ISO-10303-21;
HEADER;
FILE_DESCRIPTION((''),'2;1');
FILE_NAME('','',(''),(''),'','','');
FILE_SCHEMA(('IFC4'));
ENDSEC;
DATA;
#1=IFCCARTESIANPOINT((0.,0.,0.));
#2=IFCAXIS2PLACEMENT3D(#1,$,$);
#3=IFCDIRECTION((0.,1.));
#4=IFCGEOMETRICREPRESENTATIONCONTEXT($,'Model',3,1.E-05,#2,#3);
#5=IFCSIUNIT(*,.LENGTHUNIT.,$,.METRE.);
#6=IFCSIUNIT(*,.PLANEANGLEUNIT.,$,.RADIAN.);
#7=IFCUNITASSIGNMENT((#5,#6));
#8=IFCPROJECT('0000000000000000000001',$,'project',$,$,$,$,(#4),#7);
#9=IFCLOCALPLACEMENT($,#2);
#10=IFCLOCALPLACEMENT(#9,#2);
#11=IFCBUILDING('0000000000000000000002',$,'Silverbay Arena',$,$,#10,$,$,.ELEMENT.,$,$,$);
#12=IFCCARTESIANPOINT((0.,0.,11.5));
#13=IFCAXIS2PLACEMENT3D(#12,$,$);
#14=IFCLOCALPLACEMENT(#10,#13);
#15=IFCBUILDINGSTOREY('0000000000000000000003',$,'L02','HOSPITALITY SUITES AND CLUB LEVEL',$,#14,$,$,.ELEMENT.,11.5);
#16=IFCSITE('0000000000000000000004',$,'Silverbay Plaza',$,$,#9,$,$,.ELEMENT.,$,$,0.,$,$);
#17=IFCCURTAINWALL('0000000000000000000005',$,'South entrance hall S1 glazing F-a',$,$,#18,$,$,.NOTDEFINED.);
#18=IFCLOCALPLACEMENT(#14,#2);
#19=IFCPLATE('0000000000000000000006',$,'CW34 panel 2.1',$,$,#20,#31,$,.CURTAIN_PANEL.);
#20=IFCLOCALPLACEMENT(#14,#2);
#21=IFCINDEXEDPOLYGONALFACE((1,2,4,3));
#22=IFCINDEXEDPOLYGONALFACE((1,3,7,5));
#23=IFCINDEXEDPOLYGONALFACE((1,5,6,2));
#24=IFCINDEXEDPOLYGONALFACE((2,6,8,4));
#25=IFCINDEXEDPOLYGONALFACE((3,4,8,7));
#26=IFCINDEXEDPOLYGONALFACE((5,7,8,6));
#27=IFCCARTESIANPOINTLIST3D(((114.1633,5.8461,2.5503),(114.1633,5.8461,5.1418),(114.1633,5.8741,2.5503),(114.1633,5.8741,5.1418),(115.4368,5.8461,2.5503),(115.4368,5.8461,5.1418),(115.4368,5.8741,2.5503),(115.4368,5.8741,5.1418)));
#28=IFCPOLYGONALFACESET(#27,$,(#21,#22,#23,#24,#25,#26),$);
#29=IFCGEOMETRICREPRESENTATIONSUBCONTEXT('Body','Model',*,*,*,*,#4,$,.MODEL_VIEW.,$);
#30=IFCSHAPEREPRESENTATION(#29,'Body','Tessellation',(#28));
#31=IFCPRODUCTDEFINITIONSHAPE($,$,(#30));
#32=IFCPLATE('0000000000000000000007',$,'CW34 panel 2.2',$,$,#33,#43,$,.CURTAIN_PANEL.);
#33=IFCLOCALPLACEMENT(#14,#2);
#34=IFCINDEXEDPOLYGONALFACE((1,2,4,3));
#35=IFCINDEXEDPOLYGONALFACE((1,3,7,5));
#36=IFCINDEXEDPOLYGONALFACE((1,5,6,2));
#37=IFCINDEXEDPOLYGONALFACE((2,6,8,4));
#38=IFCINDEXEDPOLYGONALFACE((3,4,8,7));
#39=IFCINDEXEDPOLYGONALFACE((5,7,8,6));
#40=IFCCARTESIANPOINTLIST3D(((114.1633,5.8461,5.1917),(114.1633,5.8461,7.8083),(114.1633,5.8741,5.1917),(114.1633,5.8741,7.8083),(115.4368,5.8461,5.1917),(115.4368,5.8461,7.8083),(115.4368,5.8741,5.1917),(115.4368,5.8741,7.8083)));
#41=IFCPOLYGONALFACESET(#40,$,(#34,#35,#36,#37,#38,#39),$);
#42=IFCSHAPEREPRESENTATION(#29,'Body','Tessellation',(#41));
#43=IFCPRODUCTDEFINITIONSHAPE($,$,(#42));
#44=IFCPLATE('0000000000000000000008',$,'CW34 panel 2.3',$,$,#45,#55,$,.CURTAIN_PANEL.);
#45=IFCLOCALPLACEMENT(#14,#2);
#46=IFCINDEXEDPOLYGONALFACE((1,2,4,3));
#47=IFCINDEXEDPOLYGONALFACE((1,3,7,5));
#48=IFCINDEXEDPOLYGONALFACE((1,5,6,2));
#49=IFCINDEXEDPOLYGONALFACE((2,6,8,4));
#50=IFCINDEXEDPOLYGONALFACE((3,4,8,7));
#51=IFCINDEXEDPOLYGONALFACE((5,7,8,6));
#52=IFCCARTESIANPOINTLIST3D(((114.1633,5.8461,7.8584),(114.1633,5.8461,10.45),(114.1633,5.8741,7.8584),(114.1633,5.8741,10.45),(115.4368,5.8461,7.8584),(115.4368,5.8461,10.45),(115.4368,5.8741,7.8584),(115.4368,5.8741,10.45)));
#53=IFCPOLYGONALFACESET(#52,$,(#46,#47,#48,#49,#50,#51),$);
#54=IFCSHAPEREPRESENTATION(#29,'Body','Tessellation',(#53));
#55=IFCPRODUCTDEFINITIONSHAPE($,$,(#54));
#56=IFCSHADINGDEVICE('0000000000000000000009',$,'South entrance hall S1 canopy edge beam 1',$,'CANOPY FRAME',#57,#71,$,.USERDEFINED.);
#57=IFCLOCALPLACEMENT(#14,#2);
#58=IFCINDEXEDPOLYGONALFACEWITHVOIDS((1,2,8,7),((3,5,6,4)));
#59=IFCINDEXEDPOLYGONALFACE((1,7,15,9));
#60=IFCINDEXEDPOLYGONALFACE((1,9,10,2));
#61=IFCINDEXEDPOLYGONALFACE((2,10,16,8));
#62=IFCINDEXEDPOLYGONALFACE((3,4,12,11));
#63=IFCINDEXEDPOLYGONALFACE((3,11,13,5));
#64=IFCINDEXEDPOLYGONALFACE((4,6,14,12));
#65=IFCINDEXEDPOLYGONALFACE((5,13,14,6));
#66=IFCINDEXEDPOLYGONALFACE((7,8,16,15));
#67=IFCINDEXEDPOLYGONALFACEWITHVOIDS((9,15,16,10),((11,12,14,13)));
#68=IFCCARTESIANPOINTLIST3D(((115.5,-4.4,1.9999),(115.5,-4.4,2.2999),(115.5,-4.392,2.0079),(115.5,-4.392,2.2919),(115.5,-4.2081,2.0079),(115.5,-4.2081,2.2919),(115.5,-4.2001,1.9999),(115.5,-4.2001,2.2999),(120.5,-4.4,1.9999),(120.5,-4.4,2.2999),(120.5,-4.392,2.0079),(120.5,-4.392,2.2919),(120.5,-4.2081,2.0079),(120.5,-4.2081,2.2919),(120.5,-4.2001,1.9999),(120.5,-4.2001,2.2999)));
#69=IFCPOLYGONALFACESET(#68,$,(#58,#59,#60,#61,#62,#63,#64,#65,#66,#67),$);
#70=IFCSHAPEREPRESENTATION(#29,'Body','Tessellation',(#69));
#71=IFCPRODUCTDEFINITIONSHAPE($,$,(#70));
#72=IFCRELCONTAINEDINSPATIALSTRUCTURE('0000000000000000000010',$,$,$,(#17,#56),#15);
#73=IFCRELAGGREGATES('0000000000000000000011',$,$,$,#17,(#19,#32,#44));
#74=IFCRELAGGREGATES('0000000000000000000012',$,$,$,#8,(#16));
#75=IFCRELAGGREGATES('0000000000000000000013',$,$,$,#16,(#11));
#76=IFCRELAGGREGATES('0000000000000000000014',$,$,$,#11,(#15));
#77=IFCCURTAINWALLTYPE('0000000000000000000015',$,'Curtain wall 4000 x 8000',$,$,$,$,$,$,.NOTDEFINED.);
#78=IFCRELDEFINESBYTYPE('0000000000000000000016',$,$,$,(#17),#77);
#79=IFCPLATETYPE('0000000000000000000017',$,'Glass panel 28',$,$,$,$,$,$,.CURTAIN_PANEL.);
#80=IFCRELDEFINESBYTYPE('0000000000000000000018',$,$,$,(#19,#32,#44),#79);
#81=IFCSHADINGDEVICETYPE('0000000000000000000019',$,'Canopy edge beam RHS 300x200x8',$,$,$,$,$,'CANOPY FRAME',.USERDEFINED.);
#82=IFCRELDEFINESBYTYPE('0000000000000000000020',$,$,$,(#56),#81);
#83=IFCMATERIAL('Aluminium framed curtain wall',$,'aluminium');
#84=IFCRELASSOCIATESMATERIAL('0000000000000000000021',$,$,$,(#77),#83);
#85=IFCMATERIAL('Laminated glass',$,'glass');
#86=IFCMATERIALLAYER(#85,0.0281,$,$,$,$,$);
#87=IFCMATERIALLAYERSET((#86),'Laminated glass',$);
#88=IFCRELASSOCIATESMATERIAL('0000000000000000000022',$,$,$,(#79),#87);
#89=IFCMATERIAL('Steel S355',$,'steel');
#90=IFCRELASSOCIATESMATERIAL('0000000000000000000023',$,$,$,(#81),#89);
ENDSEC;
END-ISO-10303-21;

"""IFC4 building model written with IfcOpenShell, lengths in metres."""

from ifc_helpers import new_model, si_unit, direction, frame, origin, origin_2d, place, context, subcontext, project, spatial, rectangle, hollow_rectangle, extrude, material, layer, layer_set, material_profile, profile_set, type_object, element, aggregate, save


model = new_model("IFC4")

# Units and contexts
model_context = context("Model", 3, precision=1e-05, world=origin(), true_north=direction((0.0, 1.0)))
body_context = subcontext(model_context, "Body", "Model", "MODEL_VIEW")
ifc_project = project(units=[si_unit("LENGTHUNIT", "METRE"), si_unit("PLANEANGLEUNIT", "RADIAN")], contexts=[model_context])

# Site, building, storey
site_placement = place(None, origin())
site = spatial("IfcSite", under=ifc_project, at=site_placement, Name="Silverbay Plaza", CompositionType="ELEMENT", RefElevation=0.0)
building_placement = place(site_placement, origin())
building = spatial("IfcBuilding", under=site, at=building_placement, Name="Silverbay Arena", CompositionType="ELEMENT")
storey_placement = place(building_placement, frame((0.0, 0.0, 11.5)))
storey = spatial("IfcBuildingStorey", under=building, at=storey_placement, Name="L02", Description="HOSPITALITY SUITES AND CLUB LEVEL", CompositionType="ELEMENT", Elevation=11.5)

# Curtain wall
ifc_material_1 = material(Name="Aluminium framed curtain wall", Category="aluminium")
curtain_wall_type_1 = type_object("IfcCurtainWallType", Name="Curtain wall 4000 x 8000", PredefinedType="NOTDEFINED", material=ifc_material_1)
curtain_wall_1_placement = place(storey_placement, origin())
curtain_wall_1 = element("IfcCurtainWall", 1, at=curtain_wall_1_placement, inside=storey, type_object=curtain_wall_type_1, Name="South entrance hall S1 glazing F-a", PredefinedType="NOTDEFINED")

# Plates
ifc_material_2 = material(Name="Laminated glass", Category="glass")
ifc_layer = layer(ifc_material_2, 0.0281)
ifc_layer_set = layer_set([ifc_layer], Name="Laminated glass")
plate_type = type_object("IfcPlateType", Name="Glass panel 28", PredefinedType="CURTAIN_PANEL", material=ifc_layer_set)
plate_1_placement = place(storey_placement, frame((114.8, 5.8601, 2.5503), z_axis=(0.0, 0.0, 1.0), x_axis=(1.0, 0.0, 0.0)))
plate_1 = element("IfcPlate", 2, at=plate_1_placement, type_object=plate_type, Name="CW34 panel 2.1", PredefinedType="CURTAIN_PANEL", context=body_context, shape_type="SweptSolid", body=[
    extrude(rectangle(XDim=1.2734, YDim=0.0281, at=origin_2d()), origin(), (0.0, 0.0, 1.0), 2.5916),
])
plate_2_placement = place(storey_placement, frame((114.8, 5.8601, 5.1917), z_axis=(0.0, 0.0, 1.0), x_axis=(1.0, 0.0, 0.0)))
plate_2 = element("IfcPlate", 3, at=plate_2_placement, type_object=plate_type, Name="CW34 panel 2.2", PredefinedType="CURTAIN_PANEL", context=body_context, shape_type="SweptSolid", body=[
    extrude(rectangle(XDim=1.2734, YDim=0.0281, at=origin_2d()), origin(), (0.0, 0.0, 1.0), 2.6167),
])
plate_3_placement = place(storey_placement, frame((114.8, 5.8601, 7.8584), z_axis=(0.0, 0.0, 1.0), x_axis=(1.0, 0.0, 0.0)))
plate_3 = element("IfcPlate", 4, at=plate_3_placement, type_object=plate_type, Name="CW34 panel 2.3", PredefinedType="CURTAIN_PANEL", context=body_context, shape_type="SweptSolid", body=[
    extrude(rectangle(XDim=1.2734, YDim=0.0281, at=origin_2d()), origin(), (0.0, 0.0, 1.0), 2.5916),
])
aggregate(curtain_wall_1, [plate_1, plate_2, plate_3])

# Shading device
ifc_material_3 = material(Name="Steel S355", Category="steel")
ifc_material_profile_1 = material_profile(ifc_material_3, hollow_rectangle(XDim=0.2, YDim=0.3, WallThickness=0.0081, at=origin_2d()), Name="RHS 300x200x8")
ifc_profile_set_1 = profile_set([ifc_material_profile_1], Name="Steel S355")
shading_device_type = type_object("IfcShadingDeviceType", Name="Canopy edge beam RHS 300x200x8", ElementType="CANOPY FRAME", PredefinedType="USERDEFINED", material=ifc_profile_set_1)
shading_device_placement = place(storey_placement, frame((115.5, -4.3, 2.1499), z_axis=(1.0, 0.0, 0.0), x_axis=(0.0, 1.0, 0.0)))
element("IfcShadingDevice", 5, at=shading_device_placement, inside=storey, type_object=shading_device_type, Name="South entrance hall S1 canopy edge beam 1", ObjectType="CANOPY FRAME", PredefinedType="USERDEFINED", context=body_context, shape_type="SweptSolid", body=[
    extrude(hollow_rectangle(XDim=0.2, YDim=0.3, WallThickness=0.0081, at=origin_2d()), origin(), (0.0, 0.0, 1.0), 5.0),
])

save(model, "model.ifc")
